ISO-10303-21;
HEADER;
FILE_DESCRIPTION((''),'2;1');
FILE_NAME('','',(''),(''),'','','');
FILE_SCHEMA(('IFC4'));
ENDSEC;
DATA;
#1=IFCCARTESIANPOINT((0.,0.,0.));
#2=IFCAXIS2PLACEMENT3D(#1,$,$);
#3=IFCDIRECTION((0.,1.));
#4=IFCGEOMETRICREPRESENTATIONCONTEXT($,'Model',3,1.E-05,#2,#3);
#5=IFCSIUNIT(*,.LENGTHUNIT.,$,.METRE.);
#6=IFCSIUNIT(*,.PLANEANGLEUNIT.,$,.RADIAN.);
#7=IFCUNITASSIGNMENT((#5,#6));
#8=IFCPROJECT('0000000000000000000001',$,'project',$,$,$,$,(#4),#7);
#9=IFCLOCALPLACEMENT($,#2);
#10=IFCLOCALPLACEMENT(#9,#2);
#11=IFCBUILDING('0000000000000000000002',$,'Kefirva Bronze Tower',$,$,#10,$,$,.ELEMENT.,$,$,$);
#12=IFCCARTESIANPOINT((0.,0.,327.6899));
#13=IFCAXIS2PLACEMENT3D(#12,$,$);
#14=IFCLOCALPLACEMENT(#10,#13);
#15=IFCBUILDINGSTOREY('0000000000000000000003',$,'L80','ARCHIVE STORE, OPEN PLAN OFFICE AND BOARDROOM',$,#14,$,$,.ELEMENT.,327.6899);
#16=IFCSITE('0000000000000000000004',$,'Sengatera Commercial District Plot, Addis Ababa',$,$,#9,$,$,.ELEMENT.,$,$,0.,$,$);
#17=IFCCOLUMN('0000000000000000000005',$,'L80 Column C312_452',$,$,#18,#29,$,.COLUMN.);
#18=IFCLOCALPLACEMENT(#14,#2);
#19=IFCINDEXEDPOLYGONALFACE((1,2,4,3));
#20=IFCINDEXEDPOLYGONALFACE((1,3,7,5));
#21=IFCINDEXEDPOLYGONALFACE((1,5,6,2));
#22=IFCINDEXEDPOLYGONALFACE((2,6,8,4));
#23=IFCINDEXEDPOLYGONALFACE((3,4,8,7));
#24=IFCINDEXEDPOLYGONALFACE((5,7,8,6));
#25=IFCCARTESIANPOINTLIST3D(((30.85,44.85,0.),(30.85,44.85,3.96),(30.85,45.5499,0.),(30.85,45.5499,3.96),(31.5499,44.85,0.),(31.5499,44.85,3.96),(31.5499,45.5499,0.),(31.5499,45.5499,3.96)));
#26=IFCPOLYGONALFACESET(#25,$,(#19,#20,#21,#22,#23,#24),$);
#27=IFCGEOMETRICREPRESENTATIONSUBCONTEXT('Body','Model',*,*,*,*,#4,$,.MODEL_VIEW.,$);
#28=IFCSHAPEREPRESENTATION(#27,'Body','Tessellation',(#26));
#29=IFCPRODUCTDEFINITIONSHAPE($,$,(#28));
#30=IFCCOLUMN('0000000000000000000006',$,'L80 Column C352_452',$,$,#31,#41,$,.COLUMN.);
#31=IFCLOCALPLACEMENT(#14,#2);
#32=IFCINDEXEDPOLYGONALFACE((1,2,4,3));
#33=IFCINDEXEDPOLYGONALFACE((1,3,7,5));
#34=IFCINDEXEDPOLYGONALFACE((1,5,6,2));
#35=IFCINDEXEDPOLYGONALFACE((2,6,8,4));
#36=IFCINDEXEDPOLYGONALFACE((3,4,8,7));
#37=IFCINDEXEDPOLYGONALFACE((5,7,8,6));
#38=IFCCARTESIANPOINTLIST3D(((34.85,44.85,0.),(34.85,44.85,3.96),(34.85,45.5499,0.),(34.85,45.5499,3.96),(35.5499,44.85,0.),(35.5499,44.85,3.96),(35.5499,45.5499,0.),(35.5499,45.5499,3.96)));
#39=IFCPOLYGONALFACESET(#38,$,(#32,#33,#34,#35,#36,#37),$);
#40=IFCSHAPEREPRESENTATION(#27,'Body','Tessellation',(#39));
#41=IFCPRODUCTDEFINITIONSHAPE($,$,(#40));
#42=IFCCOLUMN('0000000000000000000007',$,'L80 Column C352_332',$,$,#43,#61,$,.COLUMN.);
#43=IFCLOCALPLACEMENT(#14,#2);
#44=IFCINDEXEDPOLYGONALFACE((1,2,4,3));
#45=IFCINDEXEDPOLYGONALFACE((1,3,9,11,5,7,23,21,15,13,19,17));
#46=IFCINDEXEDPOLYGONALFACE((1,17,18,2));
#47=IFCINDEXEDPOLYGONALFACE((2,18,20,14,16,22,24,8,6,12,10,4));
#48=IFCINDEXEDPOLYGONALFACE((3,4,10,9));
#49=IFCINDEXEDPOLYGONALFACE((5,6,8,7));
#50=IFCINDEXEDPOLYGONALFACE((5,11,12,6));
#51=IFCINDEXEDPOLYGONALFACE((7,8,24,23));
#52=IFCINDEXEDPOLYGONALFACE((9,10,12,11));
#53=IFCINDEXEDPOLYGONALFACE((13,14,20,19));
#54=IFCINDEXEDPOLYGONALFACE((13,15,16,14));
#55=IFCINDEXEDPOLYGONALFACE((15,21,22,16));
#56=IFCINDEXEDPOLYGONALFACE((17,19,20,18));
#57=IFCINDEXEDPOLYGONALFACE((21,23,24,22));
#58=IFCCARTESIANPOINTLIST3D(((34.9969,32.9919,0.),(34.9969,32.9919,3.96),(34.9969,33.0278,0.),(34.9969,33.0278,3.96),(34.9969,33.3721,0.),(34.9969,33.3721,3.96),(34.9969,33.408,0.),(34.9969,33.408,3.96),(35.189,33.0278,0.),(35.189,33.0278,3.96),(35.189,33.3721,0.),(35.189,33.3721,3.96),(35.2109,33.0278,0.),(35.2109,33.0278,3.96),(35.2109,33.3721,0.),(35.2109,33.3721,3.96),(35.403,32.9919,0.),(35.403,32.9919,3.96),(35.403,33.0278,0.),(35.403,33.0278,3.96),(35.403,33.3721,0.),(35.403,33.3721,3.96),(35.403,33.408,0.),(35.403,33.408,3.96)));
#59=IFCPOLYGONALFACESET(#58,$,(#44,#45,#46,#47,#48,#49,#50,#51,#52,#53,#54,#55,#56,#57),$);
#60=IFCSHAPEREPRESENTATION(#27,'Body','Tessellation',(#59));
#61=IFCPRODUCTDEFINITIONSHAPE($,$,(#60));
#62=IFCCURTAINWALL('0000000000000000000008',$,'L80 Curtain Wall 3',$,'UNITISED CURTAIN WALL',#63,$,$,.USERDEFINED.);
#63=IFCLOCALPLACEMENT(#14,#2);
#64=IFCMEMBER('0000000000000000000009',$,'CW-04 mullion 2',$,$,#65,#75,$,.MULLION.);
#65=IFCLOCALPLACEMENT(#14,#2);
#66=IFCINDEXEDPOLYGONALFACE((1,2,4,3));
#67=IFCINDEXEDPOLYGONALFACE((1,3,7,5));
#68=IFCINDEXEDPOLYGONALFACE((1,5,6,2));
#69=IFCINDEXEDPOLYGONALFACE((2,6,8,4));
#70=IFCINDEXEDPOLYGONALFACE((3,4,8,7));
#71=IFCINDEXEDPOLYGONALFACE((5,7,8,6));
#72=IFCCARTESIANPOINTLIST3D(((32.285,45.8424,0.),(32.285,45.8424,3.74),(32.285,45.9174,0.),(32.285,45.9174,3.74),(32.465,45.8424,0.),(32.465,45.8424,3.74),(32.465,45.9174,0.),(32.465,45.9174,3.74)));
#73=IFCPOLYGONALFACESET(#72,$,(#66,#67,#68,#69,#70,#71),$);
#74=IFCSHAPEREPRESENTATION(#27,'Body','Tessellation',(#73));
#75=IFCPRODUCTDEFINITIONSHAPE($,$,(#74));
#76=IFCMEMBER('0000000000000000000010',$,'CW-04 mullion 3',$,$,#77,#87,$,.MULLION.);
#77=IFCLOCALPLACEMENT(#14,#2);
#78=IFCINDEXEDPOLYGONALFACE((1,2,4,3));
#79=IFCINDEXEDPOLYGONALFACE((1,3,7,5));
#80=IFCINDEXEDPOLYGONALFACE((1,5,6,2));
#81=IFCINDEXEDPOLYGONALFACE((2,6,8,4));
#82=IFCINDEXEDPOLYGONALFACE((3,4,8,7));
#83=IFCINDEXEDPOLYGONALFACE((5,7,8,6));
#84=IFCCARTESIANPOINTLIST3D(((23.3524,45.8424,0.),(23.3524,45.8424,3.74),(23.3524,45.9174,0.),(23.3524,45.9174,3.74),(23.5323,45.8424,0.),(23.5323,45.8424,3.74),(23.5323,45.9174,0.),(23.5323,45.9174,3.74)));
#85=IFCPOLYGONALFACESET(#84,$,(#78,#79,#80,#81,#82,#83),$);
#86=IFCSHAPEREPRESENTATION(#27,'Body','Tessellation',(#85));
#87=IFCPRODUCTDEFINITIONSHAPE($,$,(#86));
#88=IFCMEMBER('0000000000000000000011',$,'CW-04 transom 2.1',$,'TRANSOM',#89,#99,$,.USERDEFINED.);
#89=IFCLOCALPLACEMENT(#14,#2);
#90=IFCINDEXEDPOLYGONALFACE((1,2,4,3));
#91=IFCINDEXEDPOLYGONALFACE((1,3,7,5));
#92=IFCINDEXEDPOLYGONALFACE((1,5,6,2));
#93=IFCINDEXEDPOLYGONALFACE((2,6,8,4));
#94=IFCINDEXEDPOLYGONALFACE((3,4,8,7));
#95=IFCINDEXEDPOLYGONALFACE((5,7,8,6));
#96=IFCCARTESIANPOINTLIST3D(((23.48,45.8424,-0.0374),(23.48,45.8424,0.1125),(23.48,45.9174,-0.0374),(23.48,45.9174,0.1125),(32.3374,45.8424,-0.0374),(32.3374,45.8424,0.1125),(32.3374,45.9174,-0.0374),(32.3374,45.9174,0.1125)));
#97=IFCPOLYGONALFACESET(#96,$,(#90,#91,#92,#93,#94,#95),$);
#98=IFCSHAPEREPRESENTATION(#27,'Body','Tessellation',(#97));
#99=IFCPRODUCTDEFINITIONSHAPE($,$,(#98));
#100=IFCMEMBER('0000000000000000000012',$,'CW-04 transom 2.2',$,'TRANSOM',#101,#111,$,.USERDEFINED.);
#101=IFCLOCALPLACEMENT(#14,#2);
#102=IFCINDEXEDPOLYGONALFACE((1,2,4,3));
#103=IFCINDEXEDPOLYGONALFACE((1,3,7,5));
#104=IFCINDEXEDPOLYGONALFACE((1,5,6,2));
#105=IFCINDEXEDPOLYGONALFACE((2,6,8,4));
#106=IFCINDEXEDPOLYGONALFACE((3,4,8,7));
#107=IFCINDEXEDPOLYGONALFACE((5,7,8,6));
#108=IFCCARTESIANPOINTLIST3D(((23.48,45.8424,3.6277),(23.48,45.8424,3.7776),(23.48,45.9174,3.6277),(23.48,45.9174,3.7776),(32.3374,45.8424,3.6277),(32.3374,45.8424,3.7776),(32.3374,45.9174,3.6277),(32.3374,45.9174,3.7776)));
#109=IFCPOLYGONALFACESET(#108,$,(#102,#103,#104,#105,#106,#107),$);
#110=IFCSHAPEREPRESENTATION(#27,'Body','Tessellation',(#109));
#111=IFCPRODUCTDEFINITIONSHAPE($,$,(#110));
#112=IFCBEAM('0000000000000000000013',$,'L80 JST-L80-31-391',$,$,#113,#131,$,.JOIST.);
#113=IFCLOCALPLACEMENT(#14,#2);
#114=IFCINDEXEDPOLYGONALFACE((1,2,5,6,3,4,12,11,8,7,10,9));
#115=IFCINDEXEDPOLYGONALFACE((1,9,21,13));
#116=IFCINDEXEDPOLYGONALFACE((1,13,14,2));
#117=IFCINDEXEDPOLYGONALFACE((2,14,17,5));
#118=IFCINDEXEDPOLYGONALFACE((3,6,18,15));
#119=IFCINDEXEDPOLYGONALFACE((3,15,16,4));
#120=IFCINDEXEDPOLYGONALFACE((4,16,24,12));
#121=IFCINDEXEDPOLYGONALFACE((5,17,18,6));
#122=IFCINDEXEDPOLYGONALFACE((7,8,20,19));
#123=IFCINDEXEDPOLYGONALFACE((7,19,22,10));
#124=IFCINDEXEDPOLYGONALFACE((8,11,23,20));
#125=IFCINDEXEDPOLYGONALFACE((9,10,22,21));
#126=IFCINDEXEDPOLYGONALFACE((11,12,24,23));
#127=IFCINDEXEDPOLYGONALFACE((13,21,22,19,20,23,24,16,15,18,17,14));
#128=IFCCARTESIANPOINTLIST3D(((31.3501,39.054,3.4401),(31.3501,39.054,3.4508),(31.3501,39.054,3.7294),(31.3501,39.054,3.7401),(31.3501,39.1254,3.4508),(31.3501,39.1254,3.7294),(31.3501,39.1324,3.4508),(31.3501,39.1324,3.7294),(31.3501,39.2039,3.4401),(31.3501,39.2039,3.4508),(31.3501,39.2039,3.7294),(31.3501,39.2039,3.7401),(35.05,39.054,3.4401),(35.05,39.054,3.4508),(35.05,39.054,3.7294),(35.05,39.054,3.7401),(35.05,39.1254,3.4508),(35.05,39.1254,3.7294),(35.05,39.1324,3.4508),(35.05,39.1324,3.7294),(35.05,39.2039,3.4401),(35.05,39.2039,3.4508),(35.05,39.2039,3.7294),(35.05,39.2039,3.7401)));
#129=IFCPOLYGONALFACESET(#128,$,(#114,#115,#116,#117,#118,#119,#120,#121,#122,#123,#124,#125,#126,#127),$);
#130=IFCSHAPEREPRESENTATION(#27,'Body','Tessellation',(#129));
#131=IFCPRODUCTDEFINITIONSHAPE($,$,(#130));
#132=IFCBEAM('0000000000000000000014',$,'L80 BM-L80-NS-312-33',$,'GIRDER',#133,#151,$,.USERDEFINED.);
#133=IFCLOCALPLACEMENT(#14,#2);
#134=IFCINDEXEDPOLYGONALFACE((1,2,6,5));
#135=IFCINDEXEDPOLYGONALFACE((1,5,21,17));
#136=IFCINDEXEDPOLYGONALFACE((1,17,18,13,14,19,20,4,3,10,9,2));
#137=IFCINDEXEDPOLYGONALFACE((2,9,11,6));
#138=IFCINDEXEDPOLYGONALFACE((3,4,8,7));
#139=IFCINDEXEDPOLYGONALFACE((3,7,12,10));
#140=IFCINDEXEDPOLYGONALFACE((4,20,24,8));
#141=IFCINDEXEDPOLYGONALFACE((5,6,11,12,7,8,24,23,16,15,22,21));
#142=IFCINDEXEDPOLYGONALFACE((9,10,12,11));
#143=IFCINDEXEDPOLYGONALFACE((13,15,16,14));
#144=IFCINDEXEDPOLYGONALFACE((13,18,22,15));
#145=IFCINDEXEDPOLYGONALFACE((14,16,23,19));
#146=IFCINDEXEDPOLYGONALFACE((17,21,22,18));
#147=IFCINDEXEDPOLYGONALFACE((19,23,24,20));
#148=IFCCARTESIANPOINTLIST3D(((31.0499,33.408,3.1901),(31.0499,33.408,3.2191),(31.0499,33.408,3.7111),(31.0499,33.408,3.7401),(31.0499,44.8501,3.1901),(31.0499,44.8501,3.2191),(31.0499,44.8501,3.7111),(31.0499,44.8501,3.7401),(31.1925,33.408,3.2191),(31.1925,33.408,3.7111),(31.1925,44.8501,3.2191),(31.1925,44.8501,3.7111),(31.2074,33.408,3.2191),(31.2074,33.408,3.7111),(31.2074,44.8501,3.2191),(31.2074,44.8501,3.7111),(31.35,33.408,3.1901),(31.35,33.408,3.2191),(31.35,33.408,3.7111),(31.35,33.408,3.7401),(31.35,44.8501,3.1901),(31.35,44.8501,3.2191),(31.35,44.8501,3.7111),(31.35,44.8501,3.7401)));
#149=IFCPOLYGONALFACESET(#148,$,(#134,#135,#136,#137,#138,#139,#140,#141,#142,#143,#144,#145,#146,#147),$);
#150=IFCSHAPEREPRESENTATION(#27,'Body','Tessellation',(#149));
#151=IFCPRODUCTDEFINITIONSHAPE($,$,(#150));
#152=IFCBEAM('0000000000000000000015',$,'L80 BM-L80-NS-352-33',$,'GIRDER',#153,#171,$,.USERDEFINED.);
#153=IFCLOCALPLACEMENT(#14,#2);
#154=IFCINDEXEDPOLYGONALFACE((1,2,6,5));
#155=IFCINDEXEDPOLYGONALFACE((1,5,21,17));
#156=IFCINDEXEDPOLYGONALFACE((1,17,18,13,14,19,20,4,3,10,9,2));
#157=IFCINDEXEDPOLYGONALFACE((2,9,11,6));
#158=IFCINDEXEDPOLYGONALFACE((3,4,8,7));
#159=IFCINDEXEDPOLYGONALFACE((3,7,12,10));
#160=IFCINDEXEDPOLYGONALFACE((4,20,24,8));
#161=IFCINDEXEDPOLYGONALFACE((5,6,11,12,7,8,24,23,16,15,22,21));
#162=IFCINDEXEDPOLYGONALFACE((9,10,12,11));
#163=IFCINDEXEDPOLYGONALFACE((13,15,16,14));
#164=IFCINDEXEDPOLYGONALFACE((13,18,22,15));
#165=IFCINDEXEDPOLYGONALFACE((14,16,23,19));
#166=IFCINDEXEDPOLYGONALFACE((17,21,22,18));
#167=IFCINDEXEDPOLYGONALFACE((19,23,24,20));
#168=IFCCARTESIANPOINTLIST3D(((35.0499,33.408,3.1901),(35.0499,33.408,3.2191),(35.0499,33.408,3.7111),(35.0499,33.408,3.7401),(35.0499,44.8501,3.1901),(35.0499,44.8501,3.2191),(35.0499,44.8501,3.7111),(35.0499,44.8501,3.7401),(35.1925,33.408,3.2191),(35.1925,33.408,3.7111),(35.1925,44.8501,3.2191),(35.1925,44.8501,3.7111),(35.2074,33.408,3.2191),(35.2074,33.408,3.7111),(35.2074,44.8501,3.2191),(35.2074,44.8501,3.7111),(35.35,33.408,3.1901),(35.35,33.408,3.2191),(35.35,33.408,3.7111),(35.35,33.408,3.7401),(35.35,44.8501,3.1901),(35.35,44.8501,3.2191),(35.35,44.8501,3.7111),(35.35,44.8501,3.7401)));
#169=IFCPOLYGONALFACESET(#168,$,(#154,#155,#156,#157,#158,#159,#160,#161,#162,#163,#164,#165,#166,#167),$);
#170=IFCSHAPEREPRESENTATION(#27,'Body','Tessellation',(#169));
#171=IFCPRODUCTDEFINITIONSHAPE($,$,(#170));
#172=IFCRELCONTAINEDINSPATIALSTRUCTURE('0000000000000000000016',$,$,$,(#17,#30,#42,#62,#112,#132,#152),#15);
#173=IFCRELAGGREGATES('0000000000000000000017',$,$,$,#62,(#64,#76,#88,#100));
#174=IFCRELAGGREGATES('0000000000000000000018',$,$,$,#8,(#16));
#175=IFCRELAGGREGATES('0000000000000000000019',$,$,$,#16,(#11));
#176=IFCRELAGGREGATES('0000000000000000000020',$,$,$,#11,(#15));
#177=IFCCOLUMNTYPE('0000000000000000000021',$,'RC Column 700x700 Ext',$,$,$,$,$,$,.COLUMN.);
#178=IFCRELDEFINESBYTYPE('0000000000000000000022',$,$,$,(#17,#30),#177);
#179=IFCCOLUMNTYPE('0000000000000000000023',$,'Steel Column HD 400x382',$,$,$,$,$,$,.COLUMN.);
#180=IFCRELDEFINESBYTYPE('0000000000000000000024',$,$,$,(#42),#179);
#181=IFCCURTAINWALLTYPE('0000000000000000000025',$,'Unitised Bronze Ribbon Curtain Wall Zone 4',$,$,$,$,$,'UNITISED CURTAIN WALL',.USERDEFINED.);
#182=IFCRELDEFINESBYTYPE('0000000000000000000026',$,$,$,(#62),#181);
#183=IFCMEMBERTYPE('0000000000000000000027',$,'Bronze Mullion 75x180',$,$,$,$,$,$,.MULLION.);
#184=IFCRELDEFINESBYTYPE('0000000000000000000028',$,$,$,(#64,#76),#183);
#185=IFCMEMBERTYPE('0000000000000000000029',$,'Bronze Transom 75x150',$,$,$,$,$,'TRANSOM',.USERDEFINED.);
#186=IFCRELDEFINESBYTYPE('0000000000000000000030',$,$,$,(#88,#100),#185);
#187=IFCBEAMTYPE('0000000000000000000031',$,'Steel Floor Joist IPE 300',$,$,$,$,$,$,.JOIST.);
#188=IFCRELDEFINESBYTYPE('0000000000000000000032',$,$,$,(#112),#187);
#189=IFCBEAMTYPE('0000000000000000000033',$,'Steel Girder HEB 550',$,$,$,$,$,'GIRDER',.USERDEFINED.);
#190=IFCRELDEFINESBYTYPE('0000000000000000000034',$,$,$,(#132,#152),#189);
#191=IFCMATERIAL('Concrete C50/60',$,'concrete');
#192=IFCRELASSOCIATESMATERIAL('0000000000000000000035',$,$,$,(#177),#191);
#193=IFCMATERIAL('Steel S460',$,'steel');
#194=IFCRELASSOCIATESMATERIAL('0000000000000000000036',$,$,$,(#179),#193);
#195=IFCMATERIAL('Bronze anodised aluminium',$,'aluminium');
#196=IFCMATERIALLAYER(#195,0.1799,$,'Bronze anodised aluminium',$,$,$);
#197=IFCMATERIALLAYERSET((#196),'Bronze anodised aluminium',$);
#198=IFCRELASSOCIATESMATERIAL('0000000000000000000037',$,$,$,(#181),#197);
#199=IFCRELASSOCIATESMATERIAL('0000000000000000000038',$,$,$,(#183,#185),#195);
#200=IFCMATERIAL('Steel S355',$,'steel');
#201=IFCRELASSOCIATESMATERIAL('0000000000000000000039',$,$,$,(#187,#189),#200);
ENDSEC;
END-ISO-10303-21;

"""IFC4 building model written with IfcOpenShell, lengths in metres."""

from ifc_helpers import new_model, si_unit, direction, frame, origin, origin_2d, place, context, subcontext, project, spatial, rectangle, i_section, extrude, material, layer, layer_set, material_profile, profile_set, type_object, element, aggregate, save


model = new_model("IFC4")

# Units and contexts
model_context = context("Model", 3, precision=1e-05, world=origin(), true_north=direction((0.0, 1.0)))
body_context = subcontext(model_context, "Body", "Model", "MODEL_VIEW")
ifc_project = project(units=[si_unit("LENGTHUNIT", "METRE"), si_unit("PLANEANGLEUNIT", "RADIAN")], contexts=[model_context])

# Site, building, storey
site_placement = place(None, origin())
site = spatial("IfcSite", under=ifc_project, at=site_placement, Name="Sengatera Commercial District Plot, Addis Ababa", CompositionType="ELEMENT", RefElevation=0.0)
building_placement = place(site_placement, origin())
building = spatial("IfcBuilding", under=site, at=building_placement, Name="Kefirva Bronze Tower", CompositionType="ELEMENT")
storey_placement = place(building_placement, frame((0.0, 0.0, 327.6899)))
storey = spatial("IfcBuildingStorey", under=building, at=storey_placement, Name="L80", Description="ARCHIVE STORE, OPEN PLAN OFFICE AND BOARDROOM", CompositionType="ELEMENT", Elevation=327.6899)

# Columns
ifc_material_1 = material(Name="Concrete C50/60", Category="concrete")
ifc_material_profile_1 = material_profile(ifc_material_1, rectangle(XDim=0.7, YDim=0.7, at=origin_2d()), Name="RC 700x700")
ifc_profile_set_1 = profile_set([ifc_material_profile_1], Name="Concrete C50/60")
column_type_1 = type_object("IfcColumnType", Name="RC Column 700x700 Ext", PredefinedType="COLUMN", material=ifc_profile_set_1)
for number, where, z_axis, x_axis, name in (
    (1, (31.2, 45.2, 0.0), (0.0, 0.0, 1.0), (1.0, 0.0, 0.0), "L80 Column C312_452"),
    (2, (35.2, 45.2, 0.0), (0.0, 0.0, 1.0), (1.0, 0.0, 0.0), "L80 Column C352_452"),
):
    element("IfcColumn", number, at=place(storey_placement, frame(where, z_axis=z_axis, x_axis=x_axis)), inside=storey, type_object=column_type_1, Name=name, PredefinedType="COLUMN", context=body_context, shape_type="SweptSolid", body=[
        extrude(rectangle(XDim=0.7, YDim=0.7, at=origin_2d()), origin(), (0.0, 0.0, 1.0), 3.96),
    ])
ifc_material_2 = material(Name="Steel S460", Category="steel")
ifc_material_profile_2 = material_profile(ifc_material_2, i_section(OverallWidth=0.406, OverallDepth=0.416, WebThickness=0.022, FlangeThickness=0.0359, at=origin_2d()), Name="HD 400x382")
ifc_profile_set_2 = profile_set([ifc_material_profile_2], Name="Steel S460")
column_type_2 = type_object("IfcColumnType", Name="Steel Column HD 400x382", PredefinedType="COLUMN", material=ifc_profile_set_2)
column_placement = place(storey_placement, frame((35.2, 33.2, 0.0), z_axis=(0.0, 0.0, 1.0), x_axis=(1.0, 0.0, 0.0)))
element("IfcColumn", 3, at=column_placement, inside=storey, type_object=column_type_2, Name="L80 Column C352_332", PredefinedType="COLUMN", context=body_context, shape_type="SweptSolid", body=[
    extrude(i_section(OverallWidth=0.406, OverallDepth=0.416, WebThickness=0.022, FlangeThickness=0.0359, at=origin_2d()), origin(), (0.0, 0.0, 1.0), 3.96),
])

# Curtain wall, members
ifc_material_3 = material(Name="Bronze anodised aluminium", Category="aluminium")
ifc_layer_1 = layer(ifc_material_3, 0.1799, Name="Bronze anodised aluminium")
ifc_layer_set_1 = layer_set([ifc_layer_1], Name="Bronze anodised aluminium")
curtain_wall_type = type_object("IfcCurtainWallType", Name="Unitised Bronze Ribbon Curtain Wall Zone 4", ElementType="UNITISED CURTAIN WALL", PredefinedType="USERDEFINED", material=ifc_layer_set_1)
curtain_wall_placement = place(storey_placement, origin())
curtain_wall = element("IfcCurtainWall", 4, at=curtain_wall_placement, inside=storey, type_object=curtain_wall_type, Name="L80 Curtain Wall 3", ObjectType="UNITISED CURTAIN WALL", PredefinedType="USERDEFINED")
ifc_material_profile_3 = material_profile(ifc_material_3, rectangle(XDim=0.075, YDim=0.1799, at=origin_2d()), Name="ALU 75x180")
ifc_profile_set_3 = profile_set([ifc_material_profile_3], Name="Bronze anodised aluminium")
member_type_1 = type_object("IfcMemberType", Name="Bronze Mullion 75x180", PredefinedType="MULLION", material=ifc_profile_set_3)
member_1_placement = place(storey_placement, frame((32.375, 45.8799, 0.0), z_axis=(0.0, 0.0, 1.0), x_axis=(0.0, -1.0, 0.0)))
member_1 = element("IfcMember", 5, at=member_1_placement, type_object=member_type_1, Name="CW-04 mullion 2", PredefinedType="MULLION", context=body_context, shape_type="SweptSolid", body=[
    extrude(rectangle(XDim=0.075, YDim=0.1799, at=origin_2d()), origin(), (0.0, 0.0, 1.0), 3.74),
])
member_2_placement = place(storey_placement, frame((23.4424, 45.8799, 0.0), z_axis=(0.0, 0.0, 1.0), x_axis=(0.0, -1.0, 0.0)))
member_2 = element("IfcMember", 6, at=member_2_placement, type_object=member_type_1, Name="CW-04 mullion 3", PredefinedType="MULLION", context=body_context, shape_type="SweptSolid", body=[
    extrude(rectangle(XDim=0.075, YDim=0.1799, at=origin_2d()), origin(), (0.0, 0.0, 1.0), 3.74),
])
ifc_material_profile_4 = material_profile(ifc_material_3, rectangle(XDim=0.075, YDim=0.1499, at=origin_2d()), Name="ALU 75x150")
ifc_profile_set_4 = profile_set([ifc_material_profile_4], Name="Bronze anodised aluminium")
member_type_2 = type_object("IfcMemberType", Name="Bronze Transom 75x150", ElementType="TRANSOM", PredefinedType="USERDEFINED", material=ifc_profile_set_4)
member_3_placement = place(storey_placement, frame((32.3374, 45.8799, 0.0376), z_axis=(-1.0, 0.0, 0.0), x_axis=(0.0, -1.0, 0.0)))
member_3 = element("IfcMember", 7, at=member_3_placement, type_object=member_type_2, Name="CW-04 transom 2.1", ObjectType="TRANSOM", PredefinedType="USERDEFINED", context=body_context, shape_type="SweptSolid", body=[
    extrude(rectangle(XDim=0.075, YDim=0.1499, at=origin_2d()), origin(), (0.0, 0.0, 1.0), 8.8574),
])
member_4_placement = place(storey_placement, frame((32.3374, 45.8799, 3.7026), z_axis=(-1.0, 0.0, 0.0), x_axis=(0.0, -1.0, 0.0)))
member_4 = element("IfcMember", 8, at=member_4_placement, type_object=member_type_2, Name="CW-04 transom 2.2", ObjectType="TRANSOM", PredefinedType="USERDEFINED", context=body_context, shape_type="SweptSolid", body=[
    extrude(rectangle(XDim=0.075, YDim=0.1499, at=origin_2d()), origin(), (0.0, 0.0, 1.0), 8.8574),
])

# Beams
ifc_material_4 = material(Name="Steel S355", Category="steel")
ifc_material_profile_5 = material_profile(ifc_material_4, i_section(OverallWidth=0.1499, OverallDepth=0.3, WebThickness=0.0071, FlangeThickness=0.0107, at=origin_2d()), Name="IPE 300")
ifc_profile_set_5 = profile_set([ifc_material_profile_5], Name="Steel S355")
beam_type_1 = type_object("IfcBeamType", Name="Steel Floor Joist IPE 300", PredefinedType="JOIST", material=ifc_profile_set_5)
beam_1_placement = place(storey_placement, frame((31.3501, 39.1289, 3.5901), z_axis=(1.0, 0.0, 0.0), x_axis=(0.0, 1.0, 0.0)))
element("IfcBeam", 9, at=beam_1_placement, inside=storey, type_object=beam_type_1, Name="L80 JST-L80-31-391", PredefinedType="JOIST", context=body_context, shape_type="SweptSolid", body=[
    extrude(i_section(OverallWidth=0.1499, OverallDepth=0.3, WebThickness=0.0071, FlangeThickness=0.0107, at=origin_2d()), origin(), (0.0, 0.0, 1.0), 3.7),
])
ifc_material_profile_6 = material_profile(ifc_material_4, i_section(OverallWidth=0.3, OverallDepth=0.55, WebThickness=0.0149, FlangeThickness=0.0291, at=origin_2d()), Name="HEB 550")
ifc_profile_set_6 = profile_set([ifc_material_profile_6], Name="Steel S355")
beam_type_2 = type_object("IfcBeamType", Name="Steel Girder HEB 550", ElementType="GIRDER", PredefinedType="USERDEFINED", material=ifc_profile_set_6)
for number, where, z_axis, x_axis, name in (
    (10, (31.2, 33.408, 3.4651), (0.0, 1.0, 0.0), (-1.0, 0.0, 0.0), "L80 BM-L80-NS-312-33"),
    (11, (35.2, 33.408, 3.4651), (0.0, 1.0, 0.0), (-1.0, 0.0, 0.0), "L80 BM-L80-NS-352-33"),
):
    element("IfcBeam", number, at=place(storey_placement, frame(where, z_axis=z_axis, x_axis=x_axis)), inside=storey, type_object=beam_type_2, Name=name, ObjectType="GIRDER", PredefinedType="USERDEFINED", context=body_context, shape_type="SweptSolid", body=[
        extrude(i_section(OverallWidth=0.3, OverallDepth=0.55, WebThickness=0.0149, FlangeThickness=0.0291, at=origin_2d()), origin(), (0.0, 0.0, 1.0), 11.4421),
    ])

aggregate(curtain_wall, [member_1, member_2, member_3, member_4])

save(model, "model.ifc")
